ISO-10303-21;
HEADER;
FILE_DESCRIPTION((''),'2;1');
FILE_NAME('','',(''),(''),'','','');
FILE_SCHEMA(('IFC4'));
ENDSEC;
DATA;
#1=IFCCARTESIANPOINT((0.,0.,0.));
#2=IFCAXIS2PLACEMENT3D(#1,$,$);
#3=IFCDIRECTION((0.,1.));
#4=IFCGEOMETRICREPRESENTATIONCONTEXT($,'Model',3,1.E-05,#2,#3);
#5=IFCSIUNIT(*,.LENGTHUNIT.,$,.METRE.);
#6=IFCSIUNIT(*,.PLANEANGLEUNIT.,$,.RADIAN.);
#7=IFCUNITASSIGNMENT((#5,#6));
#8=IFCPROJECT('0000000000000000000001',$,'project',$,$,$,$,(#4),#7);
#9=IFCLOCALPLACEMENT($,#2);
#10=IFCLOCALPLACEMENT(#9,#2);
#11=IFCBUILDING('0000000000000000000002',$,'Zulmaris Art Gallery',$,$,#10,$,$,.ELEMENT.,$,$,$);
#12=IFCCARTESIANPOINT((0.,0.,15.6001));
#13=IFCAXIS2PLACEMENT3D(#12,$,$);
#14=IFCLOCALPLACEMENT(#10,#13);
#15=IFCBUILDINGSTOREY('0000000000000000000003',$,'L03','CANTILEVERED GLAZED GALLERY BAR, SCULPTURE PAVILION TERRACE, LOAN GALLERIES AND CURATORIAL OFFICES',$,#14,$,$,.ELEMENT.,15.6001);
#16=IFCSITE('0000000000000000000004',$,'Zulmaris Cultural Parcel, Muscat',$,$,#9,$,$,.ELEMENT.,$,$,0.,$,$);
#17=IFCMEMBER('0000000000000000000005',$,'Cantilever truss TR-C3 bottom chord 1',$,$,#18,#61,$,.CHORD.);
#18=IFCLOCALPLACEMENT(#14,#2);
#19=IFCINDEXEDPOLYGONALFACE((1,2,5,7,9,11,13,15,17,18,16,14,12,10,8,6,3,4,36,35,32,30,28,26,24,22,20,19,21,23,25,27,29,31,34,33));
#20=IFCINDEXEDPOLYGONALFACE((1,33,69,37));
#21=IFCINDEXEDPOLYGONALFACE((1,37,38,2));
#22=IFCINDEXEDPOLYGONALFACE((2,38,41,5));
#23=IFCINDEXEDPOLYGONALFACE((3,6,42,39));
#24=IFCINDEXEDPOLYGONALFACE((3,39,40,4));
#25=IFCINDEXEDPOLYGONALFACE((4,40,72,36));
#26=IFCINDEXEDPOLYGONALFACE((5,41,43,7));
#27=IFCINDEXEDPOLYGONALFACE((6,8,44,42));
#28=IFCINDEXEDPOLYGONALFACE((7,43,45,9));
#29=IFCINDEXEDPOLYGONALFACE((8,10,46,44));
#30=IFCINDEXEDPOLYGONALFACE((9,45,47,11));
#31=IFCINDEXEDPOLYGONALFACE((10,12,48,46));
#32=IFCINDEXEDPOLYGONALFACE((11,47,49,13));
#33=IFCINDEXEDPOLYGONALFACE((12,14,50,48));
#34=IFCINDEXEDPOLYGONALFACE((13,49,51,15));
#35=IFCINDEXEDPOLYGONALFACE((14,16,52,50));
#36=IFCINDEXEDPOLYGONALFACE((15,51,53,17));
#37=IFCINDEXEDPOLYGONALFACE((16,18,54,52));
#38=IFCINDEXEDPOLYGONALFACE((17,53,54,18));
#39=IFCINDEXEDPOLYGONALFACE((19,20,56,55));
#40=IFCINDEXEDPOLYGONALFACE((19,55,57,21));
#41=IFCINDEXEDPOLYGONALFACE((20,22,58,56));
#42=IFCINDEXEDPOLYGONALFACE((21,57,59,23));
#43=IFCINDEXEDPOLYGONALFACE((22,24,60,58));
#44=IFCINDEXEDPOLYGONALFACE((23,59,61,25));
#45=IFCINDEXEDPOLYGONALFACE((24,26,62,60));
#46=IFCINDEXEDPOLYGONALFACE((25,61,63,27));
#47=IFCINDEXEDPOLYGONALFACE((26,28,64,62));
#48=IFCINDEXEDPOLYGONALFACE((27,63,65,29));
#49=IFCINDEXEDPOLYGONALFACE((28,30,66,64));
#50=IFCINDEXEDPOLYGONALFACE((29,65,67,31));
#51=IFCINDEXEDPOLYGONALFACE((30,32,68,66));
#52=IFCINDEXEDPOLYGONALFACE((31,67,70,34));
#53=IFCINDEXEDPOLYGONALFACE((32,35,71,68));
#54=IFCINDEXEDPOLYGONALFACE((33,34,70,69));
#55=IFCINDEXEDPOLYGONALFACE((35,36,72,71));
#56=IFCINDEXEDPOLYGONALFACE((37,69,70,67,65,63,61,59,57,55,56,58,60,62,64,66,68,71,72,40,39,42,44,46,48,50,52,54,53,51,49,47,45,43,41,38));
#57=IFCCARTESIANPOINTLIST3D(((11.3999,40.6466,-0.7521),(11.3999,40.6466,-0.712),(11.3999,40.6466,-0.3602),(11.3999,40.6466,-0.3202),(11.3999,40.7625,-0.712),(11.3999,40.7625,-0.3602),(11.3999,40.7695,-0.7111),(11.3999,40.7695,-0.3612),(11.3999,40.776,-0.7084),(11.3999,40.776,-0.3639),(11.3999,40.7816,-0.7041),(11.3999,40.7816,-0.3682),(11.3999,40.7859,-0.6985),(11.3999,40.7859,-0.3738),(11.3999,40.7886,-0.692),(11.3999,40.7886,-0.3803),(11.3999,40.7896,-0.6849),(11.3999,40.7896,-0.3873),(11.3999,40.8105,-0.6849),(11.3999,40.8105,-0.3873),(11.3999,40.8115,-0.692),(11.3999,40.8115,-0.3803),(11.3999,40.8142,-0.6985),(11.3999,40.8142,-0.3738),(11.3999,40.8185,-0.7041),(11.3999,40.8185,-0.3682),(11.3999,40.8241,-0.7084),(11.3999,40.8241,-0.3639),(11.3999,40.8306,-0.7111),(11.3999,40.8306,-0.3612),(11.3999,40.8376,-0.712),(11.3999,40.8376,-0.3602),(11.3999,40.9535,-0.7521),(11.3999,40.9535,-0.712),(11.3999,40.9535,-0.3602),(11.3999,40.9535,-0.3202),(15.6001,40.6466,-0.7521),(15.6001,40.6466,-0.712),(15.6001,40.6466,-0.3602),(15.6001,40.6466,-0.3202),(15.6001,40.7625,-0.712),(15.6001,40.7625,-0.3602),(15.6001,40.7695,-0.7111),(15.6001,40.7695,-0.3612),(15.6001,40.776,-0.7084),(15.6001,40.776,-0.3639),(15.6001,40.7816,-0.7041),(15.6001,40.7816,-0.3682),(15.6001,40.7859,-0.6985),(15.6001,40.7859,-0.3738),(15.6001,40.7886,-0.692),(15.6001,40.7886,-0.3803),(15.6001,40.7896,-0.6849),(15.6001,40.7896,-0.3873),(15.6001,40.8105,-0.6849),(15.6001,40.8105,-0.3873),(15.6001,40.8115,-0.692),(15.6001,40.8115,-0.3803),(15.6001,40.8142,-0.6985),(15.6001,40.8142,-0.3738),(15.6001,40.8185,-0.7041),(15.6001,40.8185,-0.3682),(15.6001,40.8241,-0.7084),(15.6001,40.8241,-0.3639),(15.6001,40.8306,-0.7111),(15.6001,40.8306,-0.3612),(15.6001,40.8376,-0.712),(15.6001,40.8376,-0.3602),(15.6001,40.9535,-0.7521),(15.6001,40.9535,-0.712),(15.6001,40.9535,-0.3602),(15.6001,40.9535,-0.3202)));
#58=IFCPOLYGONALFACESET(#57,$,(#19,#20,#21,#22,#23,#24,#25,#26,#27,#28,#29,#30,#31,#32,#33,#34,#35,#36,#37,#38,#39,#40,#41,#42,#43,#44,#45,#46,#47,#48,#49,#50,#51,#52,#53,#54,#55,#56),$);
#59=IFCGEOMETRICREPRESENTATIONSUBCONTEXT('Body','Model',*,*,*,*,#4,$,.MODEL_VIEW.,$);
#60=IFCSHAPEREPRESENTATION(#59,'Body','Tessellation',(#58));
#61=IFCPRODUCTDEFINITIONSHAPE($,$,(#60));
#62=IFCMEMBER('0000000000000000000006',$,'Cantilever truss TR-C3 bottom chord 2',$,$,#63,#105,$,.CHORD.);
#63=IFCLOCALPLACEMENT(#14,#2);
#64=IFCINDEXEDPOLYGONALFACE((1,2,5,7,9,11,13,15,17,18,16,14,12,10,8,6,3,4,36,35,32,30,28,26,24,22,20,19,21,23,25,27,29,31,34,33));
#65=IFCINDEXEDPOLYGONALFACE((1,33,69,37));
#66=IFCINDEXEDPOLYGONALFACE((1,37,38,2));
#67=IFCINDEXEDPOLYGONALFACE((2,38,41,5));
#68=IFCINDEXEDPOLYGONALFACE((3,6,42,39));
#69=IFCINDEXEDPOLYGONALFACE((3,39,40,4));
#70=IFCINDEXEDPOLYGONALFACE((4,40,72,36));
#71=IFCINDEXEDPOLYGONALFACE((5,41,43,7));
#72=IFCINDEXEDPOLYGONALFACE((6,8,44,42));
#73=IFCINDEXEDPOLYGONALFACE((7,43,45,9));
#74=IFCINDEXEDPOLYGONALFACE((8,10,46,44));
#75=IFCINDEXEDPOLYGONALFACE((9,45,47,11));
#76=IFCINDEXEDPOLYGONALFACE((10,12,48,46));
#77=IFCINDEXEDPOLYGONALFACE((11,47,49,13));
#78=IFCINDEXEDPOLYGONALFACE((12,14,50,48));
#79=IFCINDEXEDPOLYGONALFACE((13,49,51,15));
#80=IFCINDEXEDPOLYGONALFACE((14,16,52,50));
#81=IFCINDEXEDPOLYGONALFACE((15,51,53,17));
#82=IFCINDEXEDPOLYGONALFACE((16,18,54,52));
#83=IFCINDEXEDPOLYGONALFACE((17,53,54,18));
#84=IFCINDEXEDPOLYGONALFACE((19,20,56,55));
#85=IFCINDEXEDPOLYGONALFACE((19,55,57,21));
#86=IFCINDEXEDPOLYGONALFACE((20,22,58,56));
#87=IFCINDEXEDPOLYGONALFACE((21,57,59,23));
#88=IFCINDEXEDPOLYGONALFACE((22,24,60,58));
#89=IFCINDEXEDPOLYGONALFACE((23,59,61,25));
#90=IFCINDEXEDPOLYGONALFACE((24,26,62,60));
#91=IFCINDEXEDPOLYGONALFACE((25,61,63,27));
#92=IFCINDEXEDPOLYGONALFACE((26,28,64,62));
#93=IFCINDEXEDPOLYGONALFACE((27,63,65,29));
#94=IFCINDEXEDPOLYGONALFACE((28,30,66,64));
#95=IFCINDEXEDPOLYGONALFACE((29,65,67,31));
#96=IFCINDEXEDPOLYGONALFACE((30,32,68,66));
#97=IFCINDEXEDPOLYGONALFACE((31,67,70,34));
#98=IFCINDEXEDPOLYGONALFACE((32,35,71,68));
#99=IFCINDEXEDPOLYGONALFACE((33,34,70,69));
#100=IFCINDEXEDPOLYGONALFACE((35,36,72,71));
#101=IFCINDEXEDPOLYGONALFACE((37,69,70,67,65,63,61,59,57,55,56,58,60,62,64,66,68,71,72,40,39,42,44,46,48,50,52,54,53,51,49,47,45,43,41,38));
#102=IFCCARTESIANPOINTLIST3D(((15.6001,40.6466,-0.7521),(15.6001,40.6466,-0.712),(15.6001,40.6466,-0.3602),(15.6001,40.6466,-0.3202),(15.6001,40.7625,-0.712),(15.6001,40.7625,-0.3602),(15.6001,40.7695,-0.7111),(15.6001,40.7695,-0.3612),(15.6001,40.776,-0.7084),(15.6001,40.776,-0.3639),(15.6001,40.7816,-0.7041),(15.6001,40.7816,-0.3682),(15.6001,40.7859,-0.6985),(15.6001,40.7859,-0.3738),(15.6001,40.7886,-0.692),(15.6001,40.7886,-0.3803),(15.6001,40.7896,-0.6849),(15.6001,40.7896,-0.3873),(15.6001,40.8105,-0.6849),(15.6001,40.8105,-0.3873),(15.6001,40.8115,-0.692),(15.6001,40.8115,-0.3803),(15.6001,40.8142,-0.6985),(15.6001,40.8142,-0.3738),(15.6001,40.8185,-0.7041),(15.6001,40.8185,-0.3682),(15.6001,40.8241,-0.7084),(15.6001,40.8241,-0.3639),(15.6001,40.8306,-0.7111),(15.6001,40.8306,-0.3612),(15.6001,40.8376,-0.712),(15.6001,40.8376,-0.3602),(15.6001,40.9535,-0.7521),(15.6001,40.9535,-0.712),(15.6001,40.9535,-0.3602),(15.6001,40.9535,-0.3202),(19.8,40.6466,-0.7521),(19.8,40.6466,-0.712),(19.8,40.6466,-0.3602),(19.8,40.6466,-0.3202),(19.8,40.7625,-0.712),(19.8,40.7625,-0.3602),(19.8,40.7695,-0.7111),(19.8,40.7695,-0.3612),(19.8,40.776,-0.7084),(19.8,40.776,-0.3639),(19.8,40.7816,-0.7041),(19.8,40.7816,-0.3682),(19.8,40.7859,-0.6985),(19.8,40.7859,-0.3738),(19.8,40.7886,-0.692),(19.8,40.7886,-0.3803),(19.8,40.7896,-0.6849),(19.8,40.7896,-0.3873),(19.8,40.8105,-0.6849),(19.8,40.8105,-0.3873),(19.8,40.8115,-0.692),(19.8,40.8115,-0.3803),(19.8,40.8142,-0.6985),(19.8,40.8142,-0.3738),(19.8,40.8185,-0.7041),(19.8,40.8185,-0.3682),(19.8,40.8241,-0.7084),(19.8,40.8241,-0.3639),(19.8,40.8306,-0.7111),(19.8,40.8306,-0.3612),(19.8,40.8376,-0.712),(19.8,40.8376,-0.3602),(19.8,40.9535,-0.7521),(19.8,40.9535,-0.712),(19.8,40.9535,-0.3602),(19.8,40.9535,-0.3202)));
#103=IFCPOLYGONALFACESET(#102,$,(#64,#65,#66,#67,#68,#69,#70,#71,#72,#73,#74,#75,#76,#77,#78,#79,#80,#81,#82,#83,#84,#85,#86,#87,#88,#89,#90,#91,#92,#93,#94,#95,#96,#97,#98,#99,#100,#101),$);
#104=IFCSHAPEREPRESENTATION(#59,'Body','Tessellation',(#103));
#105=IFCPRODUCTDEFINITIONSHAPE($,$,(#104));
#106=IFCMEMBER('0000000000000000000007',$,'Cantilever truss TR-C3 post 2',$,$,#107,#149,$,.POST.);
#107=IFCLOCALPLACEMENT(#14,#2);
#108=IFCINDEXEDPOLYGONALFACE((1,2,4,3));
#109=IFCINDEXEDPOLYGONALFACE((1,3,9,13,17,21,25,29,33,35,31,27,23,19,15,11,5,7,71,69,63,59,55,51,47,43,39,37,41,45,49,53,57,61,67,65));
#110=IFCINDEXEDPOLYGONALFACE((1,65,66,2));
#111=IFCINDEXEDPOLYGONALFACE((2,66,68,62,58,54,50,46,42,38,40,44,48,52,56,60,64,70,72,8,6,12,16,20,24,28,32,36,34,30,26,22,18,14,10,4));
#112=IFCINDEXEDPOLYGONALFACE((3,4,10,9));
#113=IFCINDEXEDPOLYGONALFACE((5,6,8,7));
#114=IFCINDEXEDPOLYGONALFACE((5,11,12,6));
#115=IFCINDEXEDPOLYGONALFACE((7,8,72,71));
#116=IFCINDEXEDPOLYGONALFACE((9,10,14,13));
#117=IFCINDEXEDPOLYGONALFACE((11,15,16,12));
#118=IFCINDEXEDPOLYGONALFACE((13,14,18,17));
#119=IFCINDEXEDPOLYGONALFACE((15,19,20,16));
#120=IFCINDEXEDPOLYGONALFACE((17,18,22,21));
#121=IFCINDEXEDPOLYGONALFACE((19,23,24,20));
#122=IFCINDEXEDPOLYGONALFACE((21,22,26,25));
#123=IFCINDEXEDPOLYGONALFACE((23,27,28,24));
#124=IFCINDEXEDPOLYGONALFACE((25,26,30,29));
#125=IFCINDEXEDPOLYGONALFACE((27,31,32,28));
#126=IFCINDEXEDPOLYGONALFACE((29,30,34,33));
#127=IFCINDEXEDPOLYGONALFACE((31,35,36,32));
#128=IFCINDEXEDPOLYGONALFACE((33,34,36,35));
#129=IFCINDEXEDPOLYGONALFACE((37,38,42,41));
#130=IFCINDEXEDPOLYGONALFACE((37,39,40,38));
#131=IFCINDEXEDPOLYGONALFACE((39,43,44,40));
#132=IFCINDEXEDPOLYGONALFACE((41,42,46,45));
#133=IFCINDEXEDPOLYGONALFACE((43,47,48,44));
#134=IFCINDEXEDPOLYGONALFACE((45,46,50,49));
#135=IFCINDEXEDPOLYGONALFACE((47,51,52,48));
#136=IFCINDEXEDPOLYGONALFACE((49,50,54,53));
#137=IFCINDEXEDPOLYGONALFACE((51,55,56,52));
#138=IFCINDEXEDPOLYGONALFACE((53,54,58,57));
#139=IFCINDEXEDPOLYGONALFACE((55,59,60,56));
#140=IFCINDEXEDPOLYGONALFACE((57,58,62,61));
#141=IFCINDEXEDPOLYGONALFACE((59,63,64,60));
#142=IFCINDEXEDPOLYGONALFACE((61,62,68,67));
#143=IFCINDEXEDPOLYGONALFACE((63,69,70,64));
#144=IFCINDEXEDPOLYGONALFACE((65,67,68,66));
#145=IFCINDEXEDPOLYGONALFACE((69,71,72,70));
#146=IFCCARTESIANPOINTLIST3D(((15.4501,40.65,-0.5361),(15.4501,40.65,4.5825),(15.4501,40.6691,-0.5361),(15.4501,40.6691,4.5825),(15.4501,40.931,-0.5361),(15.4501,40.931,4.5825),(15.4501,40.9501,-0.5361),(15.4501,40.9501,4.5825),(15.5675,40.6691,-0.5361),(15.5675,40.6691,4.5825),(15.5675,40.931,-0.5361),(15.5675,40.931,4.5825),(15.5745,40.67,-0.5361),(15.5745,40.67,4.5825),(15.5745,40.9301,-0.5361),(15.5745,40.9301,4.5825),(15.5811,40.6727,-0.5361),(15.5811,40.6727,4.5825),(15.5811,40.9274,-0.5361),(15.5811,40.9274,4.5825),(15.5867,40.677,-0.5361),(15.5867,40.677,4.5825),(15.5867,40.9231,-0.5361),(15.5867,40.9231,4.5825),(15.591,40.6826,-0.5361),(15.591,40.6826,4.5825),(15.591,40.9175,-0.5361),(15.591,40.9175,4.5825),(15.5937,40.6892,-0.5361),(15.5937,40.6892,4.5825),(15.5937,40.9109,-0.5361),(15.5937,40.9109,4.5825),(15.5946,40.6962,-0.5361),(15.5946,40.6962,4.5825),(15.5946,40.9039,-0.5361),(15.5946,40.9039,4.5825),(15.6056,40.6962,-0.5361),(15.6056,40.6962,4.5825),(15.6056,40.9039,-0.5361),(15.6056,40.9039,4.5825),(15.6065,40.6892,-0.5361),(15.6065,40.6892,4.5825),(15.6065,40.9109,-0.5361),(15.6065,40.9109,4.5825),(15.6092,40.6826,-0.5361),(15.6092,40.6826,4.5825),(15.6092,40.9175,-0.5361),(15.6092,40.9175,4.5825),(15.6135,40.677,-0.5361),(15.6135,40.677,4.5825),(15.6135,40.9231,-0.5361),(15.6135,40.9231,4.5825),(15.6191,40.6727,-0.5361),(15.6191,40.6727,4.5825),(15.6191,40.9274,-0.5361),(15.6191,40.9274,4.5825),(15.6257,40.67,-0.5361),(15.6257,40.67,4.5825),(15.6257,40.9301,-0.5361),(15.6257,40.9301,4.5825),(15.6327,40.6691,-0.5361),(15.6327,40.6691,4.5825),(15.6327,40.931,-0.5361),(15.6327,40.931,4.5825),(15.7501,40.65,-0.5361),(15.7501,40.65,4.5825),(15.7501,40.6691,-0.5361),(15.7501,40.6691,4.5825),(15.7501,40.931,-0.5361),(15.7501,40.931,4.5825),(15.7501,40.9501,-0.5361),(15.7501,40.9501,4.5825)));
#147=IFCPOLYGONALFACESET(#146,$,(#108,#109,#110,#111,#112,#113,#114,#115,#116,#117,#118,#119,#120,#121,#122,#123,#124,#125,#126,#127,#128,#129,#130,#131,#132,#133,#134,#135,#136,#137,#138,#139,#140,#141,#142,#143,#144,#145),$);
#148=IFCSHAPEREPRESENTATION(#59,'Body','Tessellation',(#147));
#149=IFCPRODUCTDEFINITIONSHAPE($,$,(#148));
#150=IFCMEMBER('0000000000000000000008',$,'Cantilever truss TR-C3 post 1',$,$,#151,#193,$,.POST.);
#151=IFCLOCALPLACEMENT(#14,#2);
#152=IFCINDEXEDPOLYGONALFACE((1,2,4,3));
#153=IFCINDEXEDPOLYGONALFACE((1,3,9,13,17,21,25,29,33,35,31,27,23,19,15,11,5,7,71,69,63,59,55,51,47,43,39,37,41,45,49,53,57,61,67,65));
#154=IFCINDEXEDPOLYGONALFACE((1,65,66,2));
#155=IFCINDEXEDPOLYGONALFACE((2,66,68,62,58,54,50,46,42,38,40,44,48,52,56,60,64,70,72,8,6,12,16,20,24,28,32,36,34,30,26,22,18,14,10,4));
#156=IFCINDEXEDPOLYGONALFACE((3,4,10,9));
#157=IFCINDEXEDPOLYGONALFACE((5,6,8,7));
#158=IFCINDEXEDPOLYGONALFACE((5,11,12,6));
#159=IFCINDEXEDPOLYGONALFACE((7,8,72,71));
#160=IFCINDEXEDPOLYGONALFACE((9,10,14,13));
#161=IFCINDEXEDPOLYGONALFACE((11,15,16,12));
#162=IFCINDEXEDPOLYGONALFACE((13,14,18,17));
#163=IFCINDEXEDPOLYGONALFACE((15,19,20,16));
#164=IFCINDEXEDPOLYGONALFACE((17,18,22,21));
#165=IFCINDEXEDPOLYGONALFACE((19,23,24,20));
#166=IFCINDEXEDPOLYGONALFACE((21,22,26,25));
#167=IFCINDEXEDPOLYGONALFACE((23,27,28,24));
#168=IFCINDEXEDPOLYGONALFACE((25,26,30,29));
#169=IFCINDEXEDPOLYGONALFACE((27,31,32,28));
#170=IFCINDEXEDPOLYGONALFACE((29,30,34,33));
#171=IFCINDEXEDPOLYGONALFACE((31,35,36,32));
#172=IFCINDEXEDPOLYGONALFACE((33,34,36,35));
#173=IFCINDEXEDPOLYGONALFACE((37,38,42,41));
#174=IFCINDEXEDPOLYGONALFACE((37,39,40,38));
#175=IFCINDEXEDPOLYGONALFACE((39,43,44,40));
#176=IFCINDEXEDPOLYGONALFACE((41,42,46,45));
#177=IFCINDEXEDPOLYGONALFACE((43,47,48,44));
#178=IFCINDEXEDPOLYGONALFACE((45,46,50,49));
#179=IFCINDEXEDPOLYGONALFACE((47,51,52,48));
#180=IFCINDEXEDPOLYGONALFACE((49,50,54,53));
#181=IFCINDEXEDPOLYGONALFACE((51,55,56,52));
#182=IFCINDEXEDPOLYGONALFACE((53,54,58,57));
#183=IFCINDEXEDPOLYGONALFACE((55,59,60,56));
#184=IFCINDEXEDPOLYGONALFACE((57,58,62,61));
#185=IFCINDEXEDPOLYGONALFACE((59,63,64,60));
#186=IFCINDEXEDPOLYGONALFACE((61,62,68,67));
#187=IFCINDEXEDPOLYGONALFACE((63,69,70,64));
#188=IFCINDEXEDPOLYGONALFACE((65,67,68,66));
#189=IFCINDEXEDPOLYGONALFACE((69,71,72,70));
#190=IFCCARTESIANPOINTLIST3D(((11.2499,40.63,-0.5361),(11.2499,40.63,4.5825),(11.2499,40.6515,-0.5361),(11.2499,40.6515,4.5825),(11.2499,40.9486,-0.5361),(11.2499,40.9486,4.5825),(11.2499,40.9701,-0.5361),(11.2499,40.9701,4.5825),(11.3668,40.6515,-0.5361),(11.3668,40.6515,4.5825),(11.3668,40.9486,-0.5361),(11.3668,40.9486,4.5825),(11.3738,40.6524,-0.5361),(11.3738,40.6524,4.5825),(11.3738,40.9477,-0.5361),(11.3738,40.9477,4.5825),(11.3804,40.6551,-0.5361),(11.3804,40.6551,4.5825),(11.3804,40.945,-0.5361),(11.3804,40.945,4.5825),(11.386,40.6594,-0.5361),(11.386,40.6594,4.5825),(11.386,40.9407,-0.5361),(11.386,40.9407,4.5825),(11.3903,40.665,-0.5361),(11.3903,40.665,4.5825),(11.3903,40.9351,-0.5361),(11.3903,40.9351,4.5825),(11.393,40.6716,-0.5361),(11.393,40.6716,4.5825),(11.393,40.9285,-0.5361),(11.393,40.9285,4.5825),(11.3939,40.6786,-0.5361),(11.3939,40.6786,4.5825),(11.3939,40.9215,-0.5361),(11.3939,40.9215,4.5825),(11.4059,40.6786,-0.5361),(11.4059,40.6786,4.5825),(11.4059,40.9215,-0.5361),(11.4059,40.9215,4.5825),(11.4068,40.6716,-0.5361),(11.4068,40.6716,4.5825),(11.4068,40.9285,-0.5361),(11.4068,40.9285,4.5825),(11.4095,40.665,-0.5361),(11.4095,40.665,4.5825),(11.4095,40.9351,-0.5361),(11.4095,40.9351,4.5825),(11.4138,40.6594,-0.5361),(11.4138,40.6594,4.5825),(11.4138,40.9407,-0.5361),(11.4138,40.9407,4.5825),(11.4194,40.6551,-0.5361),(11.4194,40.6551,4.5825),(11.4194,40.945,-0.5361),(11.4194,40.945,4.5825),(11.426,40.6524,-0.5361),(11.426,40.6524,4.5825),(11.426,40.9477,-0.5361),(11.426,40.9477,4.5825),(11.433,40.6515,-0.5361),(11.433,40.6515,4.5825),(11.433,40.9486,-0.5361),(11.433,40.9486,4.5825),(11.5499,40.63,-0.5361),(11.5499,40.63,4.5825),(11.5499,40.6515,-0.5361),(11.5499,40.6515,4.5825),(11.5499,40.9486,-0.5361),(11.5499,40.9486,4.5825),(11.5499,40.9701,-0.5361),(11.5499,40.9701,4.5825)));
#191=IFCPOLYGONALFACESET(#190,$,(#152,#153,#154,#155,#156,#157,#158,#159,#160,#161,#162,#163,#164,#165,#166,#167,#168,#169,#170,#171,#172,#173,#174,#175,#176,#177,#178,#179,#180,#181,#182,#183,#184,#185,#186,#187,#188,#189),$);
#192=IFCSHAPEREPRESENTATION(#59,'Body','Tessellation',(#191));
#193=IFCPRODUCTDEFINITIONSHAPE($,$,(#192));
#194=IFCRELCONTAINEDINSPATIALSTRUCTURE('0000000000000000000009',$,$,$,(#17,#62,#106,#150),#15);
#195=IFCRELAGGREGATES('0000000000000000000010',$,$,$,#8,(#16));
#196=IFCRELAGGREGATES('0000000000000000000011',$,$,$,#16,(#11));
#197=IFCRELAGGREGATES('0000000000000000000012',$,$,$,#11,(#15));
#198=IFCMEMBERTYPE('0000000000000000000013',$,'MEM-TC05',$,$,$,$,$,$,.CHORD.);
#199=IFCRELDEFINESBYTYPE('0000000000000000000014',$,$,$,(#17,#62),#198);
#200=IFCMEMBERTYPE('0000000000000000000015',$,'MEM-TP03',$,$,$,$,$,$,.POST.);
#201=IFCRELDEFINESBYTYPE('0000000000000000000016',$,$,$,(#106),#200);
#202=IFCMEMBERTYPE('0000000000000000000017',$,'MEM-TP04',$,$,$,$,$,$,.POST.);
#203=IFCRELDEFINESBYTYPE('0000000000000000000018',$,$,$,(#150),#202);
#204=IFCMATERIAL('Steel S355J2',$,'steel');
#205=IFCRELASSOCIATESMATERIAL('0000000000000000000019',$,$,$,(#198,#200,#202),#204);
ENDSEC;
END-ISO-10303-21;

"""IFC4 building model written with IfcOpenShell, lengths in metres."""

from ifc_helpers import new_model, si_unit, direction, frame, origin, origin_2d, place, context, subcontext, project, spatial, i_section, extrude, material, material_profile, profile_set, type_object, element, save


model = new_model("IFC4")

# Units and contexts
model_context = context("Model", 3, precision=1e-05, world=origin(), true_north=direction((0.0, 1.0)))
body_context = subcontext(model_context, "Body", "Model", "MODEL_VIEW")
ifc_project = project(units=[si_unit("LENGTHUNIT", "METRE"), si_unit("PLANEANGLEUNIT", "RADIAN")], contexts=[model_context])

# Site, building, storey
site_placement = place(None, origin())
site = spatial("IfcSite", under=ifc_project, at=site_placement, Name="Zulmaris Cultural Parcel, Muscat", CompositionType="ELEMENT", RefElevation=0.0)
building_placement = place(site_placement, origin())
building = spatial("IfcBuilding", under=site, at=building_placement, Name="Zulmaris Art Gallery", CompositionType="ELEMENT")
storey_placement = place(building_placement, frame((0.0, 0.0, 15.6001)))
storey = spatial("IfcBuildingStorey", under=building, at=storey_placement, Name="L03", Description="CANTILEVERED GLAZED GALLERY BAR, SCULPTURE PAVILION TERRACE, LOAN GALLERIES AND CURATORIAL OFFICES", CompositionType="ELEMENT", Elevation=15.6001)

# Shared definitions
ifc_material_1 = material(Name="Steel S355J2", Category="steel")

# Members
ifc_material_profile_1 = material_profile(ifc_material_1, i_section(OverallWidth=0.3069, OverallDepth=0.4319, WebThickness=0.021, FlangeThickness=0.04, FilletRadius=0.0271, at=origin_2d()), Name="HEM 400")
ifc_profile_set_1 = profile_set([ifc_material_profile_1], Name="Steel S355J2")
member_type_1 = type_object("IfcMemberType", Name="MEM-TC05", PredefinedType="CHORD", material=ifc_profile_set_1)
member_1_placement = place(storey_placement, frame((11.3999, 40.8, -0.5361), z_axis=(1.0, 0.0, 0.0), x_axis=(0.0, 1.0, 0.0)))
element("IfcMember", 1, at=member_1_placement, inside=storey, type_object=member_type_1, Name="Cantilever truss TR-C3 bottom chord 1", PredefinedType="CHORD", context=body_context, shape_type="SweptSolid", body=[
    extrude(i_section(OverallWidth=0.3069, OverallDepth=0.4319, WebThickness=0.021, FlangeThickness=0.04, FilletRadius=0.0271, at=origin_2d()), origin(), (0.0, 0.0, 1.0), 4.2002),
])
member_2_placement = place(storey_placement, frame((15.6001, 40.8, -0.5361), z_axis=(1.0, 0.0, 0.0), x_axis=(0.0, 1.0, 0.0)))
element("IfcMember", 2, at=member_2_placement, inside=storey, type_object=member_type_1, Name="Cantilever truss TR-C3 bottom chord 2", PredefinedType="CHORD", context=body_context, shape_type="SweptSolid", body=[
    extrude(i_section(OverallWidth=0.3069, OverallDepth=0.4319, WebThickness=0.021, FlangeThickness=0.04, FilletRadius=0.0271, at=origin_2d()), origin(), (0.0, 0.0, 1.0), 4.2),
])
ifc_material_profile_2 = material_profile(ifc_material_1, i_section(OverallWidth=0.3, OverallDepth=0.3, WebThickness=0.011, FlangeThickness=0.019, FilletRadius=0.0271, at=origin_2d()), Name="HEB 300")
ifc_profile_set_2 = profile_set([ifc_material_profile_2], Name="Steel S355J2")
member_type_2 = type_object("IfcMemberType", Name="MEM-TP03", PredefinedType="POST", material=ifc_profile_set_2)
member_3_placement = place(storey_placement, frame((15.6001, 40.8, -0.5361), z_axis=(0.0, 0.0, 1.0), x_axis=(1.0, 0.0, 0.0)))
element("IfcMember", 3, at=member_3_placement, inside=storey, type_object=member_type_2, Name="Cantilever truss TR-C3 post 2", PredefinedType="POST", context=body_context, shape_type="SweptSolid", body=[
    extrude(i_section(OverallWidth=0.3, OverallDepth=0.3, WebThickness=0.011, FlangeThickness=0.019, FilletRadius=0.0271, at=origin_2d()), origin(), (0.0, 0.0, 1.0), 5.1187),
])
ifc_material_profile_3 = material_profile(ifc_material_1, i_section(OverallWidth=0.3, OverallDepth=0.3401, WebThickness=0.012, FlangeThickness=0.0215, FilletRadius=0.0271, at=origin_2d()), Name="HEB 340")
ifc_profile_set_3 = profile_set([ifc_material_profile_3], Name="Steel S355J2")
member_type_3 = type_object("IfcMemberType", Name="MEM-TP04", PredefinedType="POST", material=ifc_profile_set_3)
member_4_placement = place(storey_placement, frame((11.3999, 40.8, -0.5361), z_axis=(0.0, 0.0, 1.0), x_axis=(1.0, 0.0, 0.0)))
element("IfcMember", 4, at=member_4_placement, inside=storey, type_object=member_type_3, Name="Cantilever truss TR-C3 post 1", PredefinedType="POST", context=body_context, shape_type="SweptSolid", body=[
    extrude(i_section(OverallWidth=0.3, OverallDepth=0.3401, WebThickness=0.012, FlangeThickness=0.0215, FilletRadius=0.0271, at=origin_2d()), origin(), (0.0, 0.0, 1.0), 5.1187),
])

save(model, "model.ifc")
